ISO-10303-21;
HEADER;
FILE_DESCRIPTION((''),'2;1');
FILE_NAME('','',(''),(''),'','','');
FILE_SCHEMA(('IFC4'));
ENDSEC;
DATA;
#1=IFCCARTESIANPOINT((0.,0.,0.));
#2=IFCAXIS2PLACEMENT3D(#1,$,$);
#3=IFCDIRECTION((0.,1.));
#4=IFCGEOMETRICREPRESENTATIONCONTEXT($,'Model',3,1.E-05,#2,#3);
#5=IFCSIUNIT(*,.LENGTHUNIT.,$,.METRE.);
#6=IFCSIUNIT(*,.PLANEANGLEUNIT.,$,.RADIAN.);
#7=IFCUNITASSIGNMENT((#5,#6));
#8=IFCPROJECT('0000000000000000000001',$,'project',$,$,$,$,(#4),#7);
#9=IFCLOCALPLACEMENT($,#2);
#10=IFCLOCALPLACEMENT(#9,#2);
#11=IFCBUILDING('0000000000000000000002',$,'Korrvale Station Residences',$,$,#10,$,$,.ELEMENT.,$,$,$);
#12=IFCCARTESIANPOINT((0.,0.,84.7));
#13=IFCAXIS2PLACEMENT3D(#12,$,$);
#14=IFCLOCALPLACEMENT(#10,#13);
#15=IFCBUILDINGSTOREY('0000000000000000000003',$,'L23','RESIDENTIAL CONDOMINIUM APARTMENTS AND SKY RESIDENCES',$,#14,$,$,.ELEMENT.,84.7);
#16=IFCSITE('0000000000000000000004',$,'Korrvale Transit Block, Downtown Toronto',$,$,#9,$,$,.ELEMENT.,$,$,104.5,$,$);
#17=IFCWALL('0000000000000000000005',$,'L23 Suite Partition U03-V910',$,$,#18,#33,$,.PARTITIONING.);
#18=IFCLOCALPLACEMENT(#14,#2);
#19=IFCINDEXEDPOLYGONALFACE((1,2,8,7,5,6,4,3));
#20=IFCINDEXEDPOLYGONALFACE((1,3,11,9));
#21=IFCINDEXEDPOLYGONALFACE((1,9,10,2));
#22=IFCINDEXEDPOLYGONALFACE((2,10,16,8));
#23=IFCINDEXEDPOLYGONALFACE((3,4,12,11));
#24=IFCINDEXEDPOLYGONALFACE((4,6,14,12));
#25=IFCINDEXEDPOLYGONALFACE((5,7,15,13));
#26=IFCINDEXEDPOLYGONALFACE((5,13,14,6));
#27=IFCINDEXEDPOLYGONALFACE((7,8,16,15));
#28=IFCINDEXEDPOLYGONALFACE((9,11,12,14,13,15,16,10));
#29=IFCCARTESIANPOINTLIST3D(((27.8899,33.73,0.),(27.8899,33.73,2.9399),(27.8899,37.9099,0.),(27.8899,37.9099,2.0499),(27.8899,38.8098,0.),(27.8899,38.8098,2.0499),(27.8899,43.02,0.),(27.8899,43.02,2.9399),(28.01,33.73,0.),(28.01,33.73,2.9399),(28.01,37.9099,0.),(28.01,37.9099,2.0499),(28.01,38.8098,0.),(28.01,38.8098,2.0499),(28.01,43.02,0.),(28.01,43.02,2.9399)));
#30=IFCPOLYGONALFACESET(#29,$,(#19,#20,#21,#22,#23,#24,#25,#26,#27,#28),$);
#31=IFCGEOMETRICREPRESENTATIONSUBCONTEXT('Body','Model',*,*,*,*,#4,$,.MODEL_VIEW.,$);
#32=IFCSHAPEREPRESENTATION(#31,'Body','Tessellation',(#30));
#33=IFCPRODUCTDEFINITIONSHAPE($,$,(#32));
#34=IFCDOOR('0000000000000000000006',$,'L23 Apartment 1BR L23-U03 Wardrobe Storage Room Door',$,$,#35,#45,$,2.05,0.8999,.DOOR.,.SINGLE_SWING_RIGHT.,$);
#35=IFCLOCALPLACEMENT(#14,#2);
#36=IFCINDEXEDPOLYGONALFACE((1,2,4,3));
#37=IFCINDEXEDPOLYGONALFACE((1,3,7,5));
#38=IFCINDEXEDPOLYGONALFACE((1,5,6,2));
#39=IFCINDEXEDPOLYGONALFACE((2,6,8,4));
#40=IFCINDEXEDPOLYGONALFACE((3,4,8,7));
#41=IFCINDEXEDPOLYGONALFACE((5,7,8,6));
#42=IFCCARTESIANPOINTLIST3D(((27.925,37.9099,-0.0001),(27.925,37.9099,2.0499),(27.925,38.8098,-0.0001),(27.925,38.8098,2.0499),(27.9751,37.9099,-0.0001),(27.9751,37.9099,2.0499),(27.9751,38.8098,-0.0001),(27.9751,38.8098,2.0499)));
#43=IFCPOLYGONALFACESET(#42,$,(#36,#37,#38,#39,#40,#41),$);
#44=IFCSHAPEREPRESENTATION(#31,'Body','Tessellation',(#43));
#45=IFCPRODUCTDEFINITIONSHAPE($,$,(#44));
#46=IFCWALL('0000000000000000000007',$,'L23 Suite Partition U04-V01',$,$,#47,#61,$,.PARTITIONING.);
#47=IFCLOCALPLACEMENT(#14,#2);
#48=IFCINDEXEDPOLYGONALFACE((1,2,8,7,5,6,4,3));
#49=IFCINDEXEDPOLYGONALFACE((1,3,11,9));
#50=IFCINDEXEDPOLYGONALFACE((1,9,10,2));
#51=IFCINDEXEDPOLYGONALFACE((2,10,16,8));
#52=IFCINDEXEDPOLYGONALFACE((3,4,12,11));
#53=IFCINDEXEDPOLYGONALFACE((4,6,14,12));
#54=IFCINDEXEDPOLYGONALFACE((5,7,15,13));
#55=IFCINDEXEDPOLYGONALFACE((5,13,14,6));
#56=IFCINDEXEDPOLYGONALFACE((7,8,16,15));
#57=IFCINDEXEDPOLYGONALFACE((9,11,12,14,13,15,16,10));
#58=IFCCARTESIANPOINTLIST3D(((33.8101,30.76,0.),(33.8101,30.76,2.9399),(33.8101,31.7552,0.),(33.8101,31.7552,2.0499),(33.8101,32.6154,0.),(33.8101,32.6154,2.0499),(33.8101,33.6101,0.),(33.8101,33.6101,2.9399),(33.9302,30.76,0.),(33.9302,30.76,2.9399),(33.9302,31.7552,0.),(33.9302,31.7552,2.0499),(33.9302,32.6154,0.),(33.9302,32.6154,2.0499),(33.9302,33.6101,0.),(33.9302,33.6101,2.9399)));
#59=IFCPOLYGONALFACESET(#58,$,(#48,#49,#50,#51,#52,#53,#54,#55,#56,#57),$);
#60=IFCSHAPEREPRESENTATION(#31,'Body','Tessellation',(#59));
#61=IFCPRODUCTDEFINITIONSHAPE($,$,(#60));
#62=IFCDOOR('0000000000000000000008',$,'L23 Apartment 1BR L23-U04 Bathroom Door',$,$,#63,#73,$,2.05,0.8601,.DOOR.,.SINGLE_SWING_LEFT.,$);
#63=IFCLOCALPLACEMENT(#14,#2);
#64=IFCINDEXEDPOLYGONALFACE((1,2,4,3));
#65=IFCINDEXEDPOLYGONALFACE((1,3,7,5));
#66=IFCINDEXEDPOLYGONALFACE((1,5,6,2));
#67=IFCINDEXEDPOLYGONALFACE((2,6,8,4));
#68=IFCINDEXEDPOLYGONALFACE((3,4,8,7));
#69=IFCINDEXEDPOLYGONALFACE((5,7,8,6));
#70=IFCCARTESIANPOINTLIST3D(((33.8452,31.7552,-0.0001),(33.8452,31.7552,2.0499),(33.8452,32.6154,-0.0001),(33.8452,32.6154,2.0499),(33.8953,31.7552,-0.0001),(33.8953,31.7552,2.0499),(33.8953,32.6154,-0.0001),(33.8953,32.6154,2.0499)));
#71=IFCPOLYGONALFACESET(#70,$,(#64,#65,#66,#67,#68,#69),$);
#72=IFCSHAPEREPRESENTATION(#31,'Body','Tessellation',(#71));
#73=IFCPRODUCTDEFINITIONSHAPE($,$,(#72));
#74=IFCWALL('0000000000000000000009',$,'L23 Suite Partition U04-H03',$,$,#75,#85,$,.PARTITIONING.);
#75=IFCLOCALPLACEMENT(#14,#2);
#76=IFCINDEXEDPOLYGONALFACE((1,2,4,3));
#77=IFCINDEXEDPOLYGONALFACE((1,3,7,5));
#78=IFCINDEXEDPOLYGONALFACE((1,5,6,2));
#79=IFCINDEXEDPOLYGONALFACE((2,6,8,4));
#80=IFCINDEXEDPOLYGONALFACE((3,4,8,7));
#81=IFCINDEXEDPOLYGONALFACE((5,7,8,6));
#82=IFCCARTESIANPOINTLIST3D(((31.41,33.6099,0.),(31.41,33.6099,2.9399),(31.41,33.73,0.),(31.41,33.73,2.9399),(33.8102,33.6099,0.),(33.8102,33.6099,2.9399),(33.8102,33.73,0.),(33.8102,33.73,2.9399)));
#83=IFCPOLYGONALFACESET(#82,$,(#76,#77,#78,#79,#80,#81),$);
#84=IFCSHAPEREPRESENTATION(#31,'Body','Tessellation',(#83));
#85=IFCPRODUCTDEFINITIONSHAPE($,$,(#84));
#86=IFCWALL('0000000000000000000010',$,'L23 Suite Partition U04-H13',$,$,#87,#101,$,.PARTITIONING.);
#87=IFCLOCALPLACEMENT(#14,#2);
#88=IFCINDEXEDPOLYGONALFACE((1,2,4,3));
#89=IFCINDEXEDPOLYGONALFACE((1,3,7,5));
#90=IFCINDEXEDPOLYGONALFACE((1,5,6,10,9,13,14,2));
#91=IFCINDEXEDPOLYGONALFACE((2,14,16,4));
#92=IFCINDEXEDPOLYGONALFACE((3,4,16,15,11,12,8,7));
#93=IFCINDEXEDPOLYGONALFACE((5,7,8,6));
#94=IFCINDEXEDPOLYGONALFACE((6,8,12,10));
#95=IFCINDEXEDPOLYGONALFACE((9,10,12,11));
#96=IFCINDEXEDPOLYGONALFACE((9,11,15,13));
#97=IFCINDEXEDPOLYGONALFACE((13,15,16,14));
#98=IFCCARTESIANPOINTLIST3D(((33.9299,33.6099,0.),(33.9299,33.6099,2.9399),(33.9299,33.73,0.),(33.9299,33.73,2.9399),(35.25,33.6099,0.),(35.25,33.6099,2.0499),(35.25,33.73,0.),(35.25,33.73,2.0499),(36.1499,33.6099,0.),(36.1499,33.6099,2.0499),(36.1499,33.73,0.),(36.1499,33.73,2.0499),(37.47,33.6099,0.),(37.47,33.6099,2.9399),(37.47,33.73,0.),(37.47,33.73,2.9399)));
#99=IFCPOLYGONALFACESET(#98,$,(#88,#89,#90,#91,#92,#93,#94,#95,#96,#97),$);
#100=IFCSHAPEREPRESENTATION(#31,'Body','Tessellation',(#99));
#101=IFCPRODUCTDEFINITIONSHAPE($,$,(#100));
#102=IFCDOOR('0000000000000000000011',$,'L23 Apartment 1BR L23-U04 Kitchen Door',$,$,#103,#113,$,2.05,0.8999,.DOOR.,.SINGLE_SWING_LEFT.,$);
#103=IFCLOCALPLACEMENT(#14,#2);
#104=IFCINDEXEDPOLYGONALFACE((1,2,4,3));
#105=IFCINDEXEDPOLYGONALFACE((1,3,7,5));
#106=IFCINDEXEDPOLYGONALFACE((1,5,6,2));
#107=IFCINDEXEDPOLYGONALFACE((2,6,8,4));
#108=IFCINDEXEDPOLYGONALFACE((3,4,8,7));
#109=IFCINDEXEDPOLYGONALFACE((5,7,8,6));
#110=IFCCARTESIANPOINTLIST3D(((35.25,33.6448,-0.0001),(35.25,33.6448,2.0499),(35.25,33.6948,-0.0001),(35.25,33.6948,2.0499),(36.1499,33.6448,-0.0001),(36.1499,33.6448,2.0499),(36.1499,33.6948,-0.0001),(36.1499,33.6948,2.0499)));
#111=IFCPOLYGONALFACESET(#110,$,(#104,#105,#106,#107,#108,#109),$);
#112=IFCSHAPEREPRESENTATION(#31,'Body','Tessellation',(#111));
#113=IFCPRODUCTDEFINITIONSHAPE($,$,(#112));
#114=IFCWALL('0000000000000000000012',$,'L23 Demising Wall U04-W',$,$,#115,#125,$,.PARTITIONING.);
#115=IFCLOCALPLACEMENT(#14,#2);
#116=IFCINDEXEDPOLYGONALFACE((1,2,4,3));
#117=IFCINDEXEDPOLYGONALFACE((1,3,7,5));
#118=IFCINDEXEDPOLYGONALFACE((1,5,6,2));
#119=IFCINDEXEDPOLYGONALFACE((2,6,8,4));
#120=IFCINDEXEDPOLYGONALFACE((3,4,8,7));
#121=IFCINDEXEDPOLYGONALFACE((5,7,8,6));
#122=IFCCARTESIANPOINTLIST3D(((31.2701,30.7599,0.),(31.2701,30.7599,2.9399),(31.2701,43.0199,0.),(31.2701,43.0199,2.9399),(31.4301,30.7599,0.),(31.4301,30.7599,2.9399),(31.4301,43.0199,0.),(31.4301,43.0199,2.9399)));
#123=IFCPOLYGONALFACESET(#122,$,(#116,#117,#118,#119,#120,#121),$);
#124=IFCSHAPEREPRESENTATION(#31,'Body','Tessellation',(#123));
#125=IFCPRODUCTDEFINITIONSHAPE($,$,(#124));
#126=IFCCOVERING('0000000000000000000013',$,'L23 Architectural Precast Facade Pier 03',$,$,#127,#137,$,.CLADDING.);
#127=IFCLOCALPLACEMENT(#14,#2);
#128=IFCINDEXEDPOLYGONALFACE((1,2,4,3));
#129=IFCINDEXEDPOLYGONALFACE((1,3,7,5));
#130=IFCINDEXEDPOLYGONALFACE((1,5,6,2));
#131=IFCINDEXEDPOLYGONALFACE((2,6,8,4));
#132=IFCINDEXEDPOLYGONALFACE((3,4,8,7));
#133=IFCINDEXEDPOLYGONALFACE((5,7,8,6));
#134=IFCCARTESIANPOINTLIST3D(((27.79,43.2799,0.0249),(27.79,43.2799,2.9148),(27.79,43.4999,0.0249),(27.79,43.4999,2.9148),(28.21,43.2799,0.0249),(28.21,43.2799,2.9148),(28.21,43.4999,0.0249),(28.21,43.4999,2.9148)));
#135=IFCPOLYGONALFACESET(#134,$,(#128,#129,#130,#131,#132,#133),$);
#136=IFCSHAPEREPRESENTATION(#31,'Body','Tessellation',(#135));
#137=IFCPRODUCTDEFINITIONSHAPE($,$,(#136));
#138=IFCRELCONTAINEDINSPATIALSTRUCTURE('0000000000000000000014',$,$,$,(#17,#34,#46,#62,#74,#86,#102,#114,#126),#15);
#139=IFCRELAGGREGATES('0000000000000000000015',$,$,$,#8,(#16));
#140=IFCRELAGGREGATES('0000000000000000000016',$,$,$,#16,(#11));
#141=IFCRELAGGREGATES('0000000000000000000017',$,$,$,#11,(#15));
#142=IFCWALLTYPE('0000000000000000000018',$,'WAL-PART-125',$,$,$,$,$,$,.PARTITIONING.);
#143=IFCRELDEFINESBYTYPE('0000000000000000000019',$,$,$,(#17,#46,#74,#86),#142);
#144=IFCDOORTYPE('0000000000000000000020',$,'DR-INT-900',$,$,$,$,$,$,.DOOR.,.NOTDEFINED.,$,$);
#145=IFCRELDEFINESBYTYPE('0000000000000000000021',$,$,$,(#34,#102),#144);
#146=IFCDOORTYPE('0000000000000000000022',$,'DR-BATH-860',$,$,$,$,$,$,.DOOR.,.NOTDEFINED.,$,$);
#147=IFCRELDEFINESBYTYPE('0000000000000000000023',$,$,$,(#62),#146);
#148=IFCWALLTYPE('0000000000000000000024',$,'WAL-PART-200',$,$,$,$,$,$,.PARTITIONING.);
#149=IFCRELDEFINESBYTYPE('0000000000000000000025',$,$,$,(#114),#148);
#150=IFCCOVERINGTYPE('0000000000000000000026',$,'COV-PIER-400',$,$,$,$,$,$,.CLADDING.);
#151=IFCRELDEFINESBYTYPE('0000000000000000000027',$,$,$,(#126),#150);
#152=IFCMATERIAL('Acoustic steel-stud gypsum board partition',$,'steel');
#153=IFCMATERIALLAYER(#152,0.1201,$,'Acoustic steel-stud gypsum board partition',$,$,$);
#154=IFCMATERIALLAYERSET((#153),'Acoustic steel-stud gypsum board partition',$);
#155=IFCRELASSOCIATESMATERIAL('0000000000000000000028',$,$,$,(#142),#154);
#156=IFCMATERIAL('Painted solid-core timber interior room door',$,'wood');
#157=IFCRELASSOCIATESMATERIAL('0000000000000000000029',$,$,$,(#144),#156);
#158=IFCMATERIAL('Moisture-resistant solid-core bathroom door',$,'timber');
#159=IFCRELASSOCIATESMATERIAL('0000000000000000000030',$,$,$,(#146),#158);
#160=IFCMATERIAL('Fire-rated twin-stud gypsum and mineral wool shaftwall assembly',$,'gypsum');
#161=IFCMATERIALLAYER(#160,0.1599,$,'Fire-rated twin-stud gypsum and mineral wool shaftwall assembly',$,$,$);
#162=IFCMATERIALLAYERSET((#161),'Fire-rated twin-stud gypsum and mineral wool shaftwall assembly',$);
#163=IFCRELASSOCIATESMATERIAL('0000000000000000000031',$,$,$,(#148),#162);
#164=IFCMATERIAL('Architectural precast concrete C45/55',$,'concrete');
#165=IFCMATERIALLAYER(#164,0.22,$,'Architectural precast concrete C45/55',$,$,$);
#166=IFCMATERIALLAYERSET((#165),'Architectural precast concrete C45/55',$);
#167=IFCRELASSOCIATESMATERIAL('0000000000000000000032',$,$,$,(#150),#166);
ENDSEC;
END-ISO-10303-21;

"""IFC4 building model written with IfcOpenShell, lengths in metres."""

from ifc_helpers import new_model, si_unit, direction, frame, frame_2d, origin, origin_2d, place, context, subcontext, project, spatial, rectangle, extrude, material, layer, layer_set, type_object, element, fill, save


model = new_model("IFC4")

# Units and contexts
model_context = context("Model", 3, precision=1e-05, world=origin(), true_north=direction((0.0, 1.0)))
body_context = subcontext(model_context, "Body", "Model", "MODEL_VIEW")
ifc_project = project(units=[si_unit("LENGTHUNIT", "METRE"), si_unit("PLANEANGLEUNIT", "RADIAN")], contexts=[model_context])

# Site, building, storey
site_placement = place(None, origin())
site = spatial("IfcSite", under=ifc_project, at=site_placement, Name="Korrvale Transit Block, Downtown Toronto", CompositionType="ELEMENT", RefElevation=104.5)
building_placement = place(site_placement, origin())
building = spatial("IfcBuilding", under=site, at=building_placement, Name="Korrvale Station Residences", CompositionType="ELEMENT")
storey_placement = place(building_placement, frame((0.0, 0.0, 84.7)))
storey = spatial("IfcBuildingStorey", under=building, at=storey_placement, Name="L23", Description="RESIDENTIAL CONDOMINIUM APARTMENTS AND SKY RESIDENCES", CompositionType="ELEMENT", Elevation=84.7)

# Shared definitions
ifc_material_1 = material(Name="Acoustic steel-stud gypsum board partition", Category="steel")
ifc_layer_1 = layer(ifc_material_1, 0.1201, Name="Acoustic steel-stud gypsum board partition")
ifc_layer_set_1 = layer_set([ifc_layer_1], Name="Acoustic steel-stud gypsum board partition")
wall_type_1 = type_object("IfcWallType", Name="WAL-PART-125", PredefinedType="PARTITIONING", material=ifc_layer_set_1)
ifc_material_2 = material(Name="Painted solid-core timber interior room door", Category="wood")
door_type_1 = type_object("IfcDoorType", Name="DR-INT-900", OperationType="NOTDEFINED", PredefinedType="DOOR", material=ifc_material_2)

# Walls, openings, doors
wall_1_placement = place(storey_placement, frame((27.95, 33.73, 0.0), z_axis=(0.0, 0.0, 1.0), x_axis=(0.0, 1.0, 0.0)))
wall_1 = element("IfcWall", 1, at=wall_1_placement, inside=storey, type_object=wall_type_1, Name="L23 Suite Partition U03-V910", PredefinedType="PARTITIONING", context=body_context, shape_type="SweptSolid", body=[
    extrude(rectangle(XDim=9.29, YDim=0.1201, at=frame_2d((4.645, 0.0))), origin(), (0.0, 0.0, 1.0), 2.9399),
])
opening_1_placement = place(wall_1_placement, frame((4.1799, 0.0, 0.0)))
opening_1 = element("IfcOpeningElement", 2, at=opening_1_placement, cuts=wall_1, PredefinedType="OPENING", context=body_context, shape_type="SweptSolid", body=[
    extrude(rectangle(XDim=0.8999, YDim=2.05, at=frame_2d((0.45, 1.0249))), frame((0.0, 0.0701, 0.0), z_axis=(0.0, -1.0, 0.0), x_axis=(1.0, 0.0, 0.0)), (0.0, 0.0, 1.0), 0.1401),
])
door_1_placement = place(opening_1_placement, origin())
door_1 = element("IfcDoor", 3, at=door_1_placement, inside=storey, type_object=door_type_1, Name="L23 Apartment 1BR L23-U03 Wardrobe Storage Room Door", OperationType="SINGLE_SWING_RIGHT", OverallHeight=2.05, OverallWidth=0.8999, PredefinedType="DOOR", context=body_context, shape_type="SweptSolid", body=[
    extrude(rectangle(XDim=0.8999, YDim=2.05, at=frame_2d((0.45, 1.0249))), frame((0.0, 0.0249, 0.0), z_axis=(0.0, -1.0, 0.0), x_axis=(1.0, 0.0, 0.0)), (0.0, 0.0, 1.0), 0.05),
])
fill(opening_1, door_1)
wall_2_placement = place(storey_placement, frame((33.8701, 30.76, 0.0), z_axis=(0.0, 0.0, 1.0), x_axis=(0.0, 1.0, 0.0)))
wall_2 = element("IfcWall", 4, at=wall_2_placement, inside=storey, type_object=wall_type_1, Name="L23 Suite Partition U04-V01", PredefinedType="PARTITIONING", context=body_context, shape_type="SweptSolid", body=[
    extrude(rectangle(XDim=2.8501, YDim=0.1201, at=frame_2d((1.425, 0.0))), origin(), (0.0, 0.0, 1.0), 2.9399),
])
opening_2_placement = place(wall_2_placement, frame((0.9951, 0.0, 0.0)))
opening_2 = element("IfcOpeningElement", 5, at=opening_2_placement, cuts=wall_2, PredefinedType="OPENING", context=body_context, shape_type="SweptSolid", body=[
    extrude(rectangle(XDim=0.8601, YDim=2.05, at=frame_2d((0.4302, 1.0249))), frame((0.0, 0.0701, 0.0), z_axis=(0.0, -1.0, 0.0), x_axis=(1.0, 0.0, 0.0)), (0.0, 0.0, 1.0), 0.1401),
])
ifc_material_3 = material(Name="Moisture-resistant solid-core bathroom door", Category="timber")
door_type_2 = type_object("IfcDoorType", Name="DR-BATH-860", OperationType="NOTDEFINED", PredefinedType="DOOR", material=ifc_material_3)
door_2_placement = place(opening_2_placement, origin())
door_2 = element("IfcDoor", 6, at=door_2_placement, inside=storey, type_object=door_type_2, Name="L23 Apartment 1BR L23-U04 Bathroom Door", OperationType="SINGLE_SWING_LEFT", OverallHeight=2.05, OverallWidth=0.8601, PredefinedType="DOOR", context=body_context, shape_type="SweptSolid", body=[
    extrude(rectangle(XDim=0.8601, YDim=2.05, at=frame_2d((0.4302, 1.0249))), frame((0.0, 0.0249, 0.0), z_axis=(0.0, -1.0, 0.0), x_axis=(1.0, 0.0, 0.0)), (0.0, 0.0, 1.0), 0.05),
])
fill(opening_2, door_2)

# Wall
wall_3_placement = place(storey_placement, frame((31.4099, 33.6699, 0.0), z_axis=(0.0, 0.0, 1.0), x_axis=(1.0, 0.0, 0.0)))
element("IfcWall", 7, at=wall_3_placement, inside=storey, type_object=wall_type_1, Name="L23 Suite Partition U04-H03", PredefinedType="PARTITIONING", context=body_context, shape_type="SweptSolid", body=[
    extrude(rectangle(XDim=2.4001, YDim=0.1201, at=frame_2d((1.2002, 0.0))), origin(), (0.0, 0.0, 1.0), 2.9399),
])

# Wall, opening, door
wall_4_placement = place(storey_placement, frame((33.9299, 33.6699, 0.0), z_axis=(0.0, 0.0, 1.0), x_axis=(1.0, 0.0, 0.0)))
wall_4 = element("IfcWall", 8, at=wall_4_placement, inside=storey, type_object=wall_type_1, Name="L23 Suite Partition U04-H13", PredefinedType="PARTITIONING", context=body_context, shape_type="SweptSolid", body=[
    extrude(rectangle(XDim=3.54, YDim=0.1201, at=frame_2d((1.77, 0.0))), origin(), (0.0, 0.0, 1.0), 2.9399),
])
opening_3_placement = place(wall_4_placement, frame((1.3201, 0.0, 0.0)))
opening_3 = element("IfcOpeningElement", 9, at=opening_3_placement, cuts=wall_4, PredefinedType="OPENING", context=body_context, shape_type="SweptSolid", body=[
    extrude(rectangle(XDim=0.8999, YDim=2.05, at=frame_2d((0.45, 1.0249))), frame((0.0, 0.0701, 0.0), z_axis=(0.0, -1.0, 0.0), x_axis=(1.0, 0.0, 0.0)), (0.0, 0.0, 1.0), 0.1401),
])
door_3_placement = place(opening_3_placement, origin())
door_3 = element("IfcDoor", 10, at=door_3_placement, inside=storey, type_object=door_type_1, Name="L23 Apartment 1BR L23-U04 Kitchen Door", OperationType="SINGLE_SWING_LEFT", OverallHeight=2.05, OverallWidth=0.8999, PredefinedType="DOOR", context=body_context, shape_type="SweptSolid", body=[
    extrude(rectangle(XDim=0.8999, YDim=2.05, at=frame_2d((0.45, 1.0249))), frame((0.0, 0.0249, 0.0), z_axis=(0.0, -1.0, 0.0), x_axis=(1.0, 0.0, 0.0)), (0.0, 0.0, 1.0), 0.05),
])
fill(opening_3, door_3)

# Wall
ifc_material_4 = material(Name="Fire-rated twin-stud gypsum and mineral wool shaftwall assembly", Category="gypsum")
ifc_layer_2 = layer(ifc_material_4, 0.1599, Name="Fire-rated twin-stud gypsum and mineral wool shaftwall assembly")
ifc_layer_set_2 = layer_set([ifc_layer_2], Name="Fire-rated twin-stud gypsum and mineral wool shaftwall assembly")
wall_type_2 = type_object("IfcWallType", Name="WAL-PART-200", PredefinedType="PARTITIONING", material=ifc_layer_set_2)
wall_5_placement = place(storey_placement, frame((31.3501, 30.76, 0.0), z_axis=(0.0, 0.0, 1.0), x_axis=(0.0, 1.0, 0.0)))
element("IfcWall", 11, at=wall_5_placement, inside=storey, type_object=wall_type_2, Name="L23 Demising Wall U04-W", PredefinedType="PARTITIONING", context=body_context, shape_type="SweptSolid", body=[
    extrude(rectangle(XDim=12.26, YDim=0.1599, at=frame_2d((6.1299, 0.0))), origin(), (0.0, 0.0, 1.0), 2.9399),
])

# Covering
ifc_material_5 = material(Name="Architectural precast concrete C45/55", Category="concrete")
ifc_layer_3 = layer(ifc_material_5, 0.22, Name="Architectural precast concrete C45/55")
ifc_layer_set_3 = layer_set([ifc_layer_3], Name="Architectural precast concrete C45/55")
covering_type = type_object("IfcCoveringType", Name="COV-PIER-400", PredefinedType="CLADDING", material=ifc_layer_set_3)
covering_placement = place(storey_placement, frame((28.0, 43.3899, 0.0249), z_axis=(0.0, 0.0, 1.0), x_axis=(1.0, 0.0, 0.0)))
element("IfcCovering", 12, at=covering_placement, inside=storey, type_object=covering_type, Name="L23 Architectural Precast Facade Pier 03", PredefinedType="CLADDING", context=body_context, shape_type="SweptSolid", body=[
    extrude(rectangle(XDim=0.4199, YDim=0.22, at=origin_2d()), origin(), (0.0, 0.0, 1.0), 2.8899),
])

save(model, "model.ifc")
